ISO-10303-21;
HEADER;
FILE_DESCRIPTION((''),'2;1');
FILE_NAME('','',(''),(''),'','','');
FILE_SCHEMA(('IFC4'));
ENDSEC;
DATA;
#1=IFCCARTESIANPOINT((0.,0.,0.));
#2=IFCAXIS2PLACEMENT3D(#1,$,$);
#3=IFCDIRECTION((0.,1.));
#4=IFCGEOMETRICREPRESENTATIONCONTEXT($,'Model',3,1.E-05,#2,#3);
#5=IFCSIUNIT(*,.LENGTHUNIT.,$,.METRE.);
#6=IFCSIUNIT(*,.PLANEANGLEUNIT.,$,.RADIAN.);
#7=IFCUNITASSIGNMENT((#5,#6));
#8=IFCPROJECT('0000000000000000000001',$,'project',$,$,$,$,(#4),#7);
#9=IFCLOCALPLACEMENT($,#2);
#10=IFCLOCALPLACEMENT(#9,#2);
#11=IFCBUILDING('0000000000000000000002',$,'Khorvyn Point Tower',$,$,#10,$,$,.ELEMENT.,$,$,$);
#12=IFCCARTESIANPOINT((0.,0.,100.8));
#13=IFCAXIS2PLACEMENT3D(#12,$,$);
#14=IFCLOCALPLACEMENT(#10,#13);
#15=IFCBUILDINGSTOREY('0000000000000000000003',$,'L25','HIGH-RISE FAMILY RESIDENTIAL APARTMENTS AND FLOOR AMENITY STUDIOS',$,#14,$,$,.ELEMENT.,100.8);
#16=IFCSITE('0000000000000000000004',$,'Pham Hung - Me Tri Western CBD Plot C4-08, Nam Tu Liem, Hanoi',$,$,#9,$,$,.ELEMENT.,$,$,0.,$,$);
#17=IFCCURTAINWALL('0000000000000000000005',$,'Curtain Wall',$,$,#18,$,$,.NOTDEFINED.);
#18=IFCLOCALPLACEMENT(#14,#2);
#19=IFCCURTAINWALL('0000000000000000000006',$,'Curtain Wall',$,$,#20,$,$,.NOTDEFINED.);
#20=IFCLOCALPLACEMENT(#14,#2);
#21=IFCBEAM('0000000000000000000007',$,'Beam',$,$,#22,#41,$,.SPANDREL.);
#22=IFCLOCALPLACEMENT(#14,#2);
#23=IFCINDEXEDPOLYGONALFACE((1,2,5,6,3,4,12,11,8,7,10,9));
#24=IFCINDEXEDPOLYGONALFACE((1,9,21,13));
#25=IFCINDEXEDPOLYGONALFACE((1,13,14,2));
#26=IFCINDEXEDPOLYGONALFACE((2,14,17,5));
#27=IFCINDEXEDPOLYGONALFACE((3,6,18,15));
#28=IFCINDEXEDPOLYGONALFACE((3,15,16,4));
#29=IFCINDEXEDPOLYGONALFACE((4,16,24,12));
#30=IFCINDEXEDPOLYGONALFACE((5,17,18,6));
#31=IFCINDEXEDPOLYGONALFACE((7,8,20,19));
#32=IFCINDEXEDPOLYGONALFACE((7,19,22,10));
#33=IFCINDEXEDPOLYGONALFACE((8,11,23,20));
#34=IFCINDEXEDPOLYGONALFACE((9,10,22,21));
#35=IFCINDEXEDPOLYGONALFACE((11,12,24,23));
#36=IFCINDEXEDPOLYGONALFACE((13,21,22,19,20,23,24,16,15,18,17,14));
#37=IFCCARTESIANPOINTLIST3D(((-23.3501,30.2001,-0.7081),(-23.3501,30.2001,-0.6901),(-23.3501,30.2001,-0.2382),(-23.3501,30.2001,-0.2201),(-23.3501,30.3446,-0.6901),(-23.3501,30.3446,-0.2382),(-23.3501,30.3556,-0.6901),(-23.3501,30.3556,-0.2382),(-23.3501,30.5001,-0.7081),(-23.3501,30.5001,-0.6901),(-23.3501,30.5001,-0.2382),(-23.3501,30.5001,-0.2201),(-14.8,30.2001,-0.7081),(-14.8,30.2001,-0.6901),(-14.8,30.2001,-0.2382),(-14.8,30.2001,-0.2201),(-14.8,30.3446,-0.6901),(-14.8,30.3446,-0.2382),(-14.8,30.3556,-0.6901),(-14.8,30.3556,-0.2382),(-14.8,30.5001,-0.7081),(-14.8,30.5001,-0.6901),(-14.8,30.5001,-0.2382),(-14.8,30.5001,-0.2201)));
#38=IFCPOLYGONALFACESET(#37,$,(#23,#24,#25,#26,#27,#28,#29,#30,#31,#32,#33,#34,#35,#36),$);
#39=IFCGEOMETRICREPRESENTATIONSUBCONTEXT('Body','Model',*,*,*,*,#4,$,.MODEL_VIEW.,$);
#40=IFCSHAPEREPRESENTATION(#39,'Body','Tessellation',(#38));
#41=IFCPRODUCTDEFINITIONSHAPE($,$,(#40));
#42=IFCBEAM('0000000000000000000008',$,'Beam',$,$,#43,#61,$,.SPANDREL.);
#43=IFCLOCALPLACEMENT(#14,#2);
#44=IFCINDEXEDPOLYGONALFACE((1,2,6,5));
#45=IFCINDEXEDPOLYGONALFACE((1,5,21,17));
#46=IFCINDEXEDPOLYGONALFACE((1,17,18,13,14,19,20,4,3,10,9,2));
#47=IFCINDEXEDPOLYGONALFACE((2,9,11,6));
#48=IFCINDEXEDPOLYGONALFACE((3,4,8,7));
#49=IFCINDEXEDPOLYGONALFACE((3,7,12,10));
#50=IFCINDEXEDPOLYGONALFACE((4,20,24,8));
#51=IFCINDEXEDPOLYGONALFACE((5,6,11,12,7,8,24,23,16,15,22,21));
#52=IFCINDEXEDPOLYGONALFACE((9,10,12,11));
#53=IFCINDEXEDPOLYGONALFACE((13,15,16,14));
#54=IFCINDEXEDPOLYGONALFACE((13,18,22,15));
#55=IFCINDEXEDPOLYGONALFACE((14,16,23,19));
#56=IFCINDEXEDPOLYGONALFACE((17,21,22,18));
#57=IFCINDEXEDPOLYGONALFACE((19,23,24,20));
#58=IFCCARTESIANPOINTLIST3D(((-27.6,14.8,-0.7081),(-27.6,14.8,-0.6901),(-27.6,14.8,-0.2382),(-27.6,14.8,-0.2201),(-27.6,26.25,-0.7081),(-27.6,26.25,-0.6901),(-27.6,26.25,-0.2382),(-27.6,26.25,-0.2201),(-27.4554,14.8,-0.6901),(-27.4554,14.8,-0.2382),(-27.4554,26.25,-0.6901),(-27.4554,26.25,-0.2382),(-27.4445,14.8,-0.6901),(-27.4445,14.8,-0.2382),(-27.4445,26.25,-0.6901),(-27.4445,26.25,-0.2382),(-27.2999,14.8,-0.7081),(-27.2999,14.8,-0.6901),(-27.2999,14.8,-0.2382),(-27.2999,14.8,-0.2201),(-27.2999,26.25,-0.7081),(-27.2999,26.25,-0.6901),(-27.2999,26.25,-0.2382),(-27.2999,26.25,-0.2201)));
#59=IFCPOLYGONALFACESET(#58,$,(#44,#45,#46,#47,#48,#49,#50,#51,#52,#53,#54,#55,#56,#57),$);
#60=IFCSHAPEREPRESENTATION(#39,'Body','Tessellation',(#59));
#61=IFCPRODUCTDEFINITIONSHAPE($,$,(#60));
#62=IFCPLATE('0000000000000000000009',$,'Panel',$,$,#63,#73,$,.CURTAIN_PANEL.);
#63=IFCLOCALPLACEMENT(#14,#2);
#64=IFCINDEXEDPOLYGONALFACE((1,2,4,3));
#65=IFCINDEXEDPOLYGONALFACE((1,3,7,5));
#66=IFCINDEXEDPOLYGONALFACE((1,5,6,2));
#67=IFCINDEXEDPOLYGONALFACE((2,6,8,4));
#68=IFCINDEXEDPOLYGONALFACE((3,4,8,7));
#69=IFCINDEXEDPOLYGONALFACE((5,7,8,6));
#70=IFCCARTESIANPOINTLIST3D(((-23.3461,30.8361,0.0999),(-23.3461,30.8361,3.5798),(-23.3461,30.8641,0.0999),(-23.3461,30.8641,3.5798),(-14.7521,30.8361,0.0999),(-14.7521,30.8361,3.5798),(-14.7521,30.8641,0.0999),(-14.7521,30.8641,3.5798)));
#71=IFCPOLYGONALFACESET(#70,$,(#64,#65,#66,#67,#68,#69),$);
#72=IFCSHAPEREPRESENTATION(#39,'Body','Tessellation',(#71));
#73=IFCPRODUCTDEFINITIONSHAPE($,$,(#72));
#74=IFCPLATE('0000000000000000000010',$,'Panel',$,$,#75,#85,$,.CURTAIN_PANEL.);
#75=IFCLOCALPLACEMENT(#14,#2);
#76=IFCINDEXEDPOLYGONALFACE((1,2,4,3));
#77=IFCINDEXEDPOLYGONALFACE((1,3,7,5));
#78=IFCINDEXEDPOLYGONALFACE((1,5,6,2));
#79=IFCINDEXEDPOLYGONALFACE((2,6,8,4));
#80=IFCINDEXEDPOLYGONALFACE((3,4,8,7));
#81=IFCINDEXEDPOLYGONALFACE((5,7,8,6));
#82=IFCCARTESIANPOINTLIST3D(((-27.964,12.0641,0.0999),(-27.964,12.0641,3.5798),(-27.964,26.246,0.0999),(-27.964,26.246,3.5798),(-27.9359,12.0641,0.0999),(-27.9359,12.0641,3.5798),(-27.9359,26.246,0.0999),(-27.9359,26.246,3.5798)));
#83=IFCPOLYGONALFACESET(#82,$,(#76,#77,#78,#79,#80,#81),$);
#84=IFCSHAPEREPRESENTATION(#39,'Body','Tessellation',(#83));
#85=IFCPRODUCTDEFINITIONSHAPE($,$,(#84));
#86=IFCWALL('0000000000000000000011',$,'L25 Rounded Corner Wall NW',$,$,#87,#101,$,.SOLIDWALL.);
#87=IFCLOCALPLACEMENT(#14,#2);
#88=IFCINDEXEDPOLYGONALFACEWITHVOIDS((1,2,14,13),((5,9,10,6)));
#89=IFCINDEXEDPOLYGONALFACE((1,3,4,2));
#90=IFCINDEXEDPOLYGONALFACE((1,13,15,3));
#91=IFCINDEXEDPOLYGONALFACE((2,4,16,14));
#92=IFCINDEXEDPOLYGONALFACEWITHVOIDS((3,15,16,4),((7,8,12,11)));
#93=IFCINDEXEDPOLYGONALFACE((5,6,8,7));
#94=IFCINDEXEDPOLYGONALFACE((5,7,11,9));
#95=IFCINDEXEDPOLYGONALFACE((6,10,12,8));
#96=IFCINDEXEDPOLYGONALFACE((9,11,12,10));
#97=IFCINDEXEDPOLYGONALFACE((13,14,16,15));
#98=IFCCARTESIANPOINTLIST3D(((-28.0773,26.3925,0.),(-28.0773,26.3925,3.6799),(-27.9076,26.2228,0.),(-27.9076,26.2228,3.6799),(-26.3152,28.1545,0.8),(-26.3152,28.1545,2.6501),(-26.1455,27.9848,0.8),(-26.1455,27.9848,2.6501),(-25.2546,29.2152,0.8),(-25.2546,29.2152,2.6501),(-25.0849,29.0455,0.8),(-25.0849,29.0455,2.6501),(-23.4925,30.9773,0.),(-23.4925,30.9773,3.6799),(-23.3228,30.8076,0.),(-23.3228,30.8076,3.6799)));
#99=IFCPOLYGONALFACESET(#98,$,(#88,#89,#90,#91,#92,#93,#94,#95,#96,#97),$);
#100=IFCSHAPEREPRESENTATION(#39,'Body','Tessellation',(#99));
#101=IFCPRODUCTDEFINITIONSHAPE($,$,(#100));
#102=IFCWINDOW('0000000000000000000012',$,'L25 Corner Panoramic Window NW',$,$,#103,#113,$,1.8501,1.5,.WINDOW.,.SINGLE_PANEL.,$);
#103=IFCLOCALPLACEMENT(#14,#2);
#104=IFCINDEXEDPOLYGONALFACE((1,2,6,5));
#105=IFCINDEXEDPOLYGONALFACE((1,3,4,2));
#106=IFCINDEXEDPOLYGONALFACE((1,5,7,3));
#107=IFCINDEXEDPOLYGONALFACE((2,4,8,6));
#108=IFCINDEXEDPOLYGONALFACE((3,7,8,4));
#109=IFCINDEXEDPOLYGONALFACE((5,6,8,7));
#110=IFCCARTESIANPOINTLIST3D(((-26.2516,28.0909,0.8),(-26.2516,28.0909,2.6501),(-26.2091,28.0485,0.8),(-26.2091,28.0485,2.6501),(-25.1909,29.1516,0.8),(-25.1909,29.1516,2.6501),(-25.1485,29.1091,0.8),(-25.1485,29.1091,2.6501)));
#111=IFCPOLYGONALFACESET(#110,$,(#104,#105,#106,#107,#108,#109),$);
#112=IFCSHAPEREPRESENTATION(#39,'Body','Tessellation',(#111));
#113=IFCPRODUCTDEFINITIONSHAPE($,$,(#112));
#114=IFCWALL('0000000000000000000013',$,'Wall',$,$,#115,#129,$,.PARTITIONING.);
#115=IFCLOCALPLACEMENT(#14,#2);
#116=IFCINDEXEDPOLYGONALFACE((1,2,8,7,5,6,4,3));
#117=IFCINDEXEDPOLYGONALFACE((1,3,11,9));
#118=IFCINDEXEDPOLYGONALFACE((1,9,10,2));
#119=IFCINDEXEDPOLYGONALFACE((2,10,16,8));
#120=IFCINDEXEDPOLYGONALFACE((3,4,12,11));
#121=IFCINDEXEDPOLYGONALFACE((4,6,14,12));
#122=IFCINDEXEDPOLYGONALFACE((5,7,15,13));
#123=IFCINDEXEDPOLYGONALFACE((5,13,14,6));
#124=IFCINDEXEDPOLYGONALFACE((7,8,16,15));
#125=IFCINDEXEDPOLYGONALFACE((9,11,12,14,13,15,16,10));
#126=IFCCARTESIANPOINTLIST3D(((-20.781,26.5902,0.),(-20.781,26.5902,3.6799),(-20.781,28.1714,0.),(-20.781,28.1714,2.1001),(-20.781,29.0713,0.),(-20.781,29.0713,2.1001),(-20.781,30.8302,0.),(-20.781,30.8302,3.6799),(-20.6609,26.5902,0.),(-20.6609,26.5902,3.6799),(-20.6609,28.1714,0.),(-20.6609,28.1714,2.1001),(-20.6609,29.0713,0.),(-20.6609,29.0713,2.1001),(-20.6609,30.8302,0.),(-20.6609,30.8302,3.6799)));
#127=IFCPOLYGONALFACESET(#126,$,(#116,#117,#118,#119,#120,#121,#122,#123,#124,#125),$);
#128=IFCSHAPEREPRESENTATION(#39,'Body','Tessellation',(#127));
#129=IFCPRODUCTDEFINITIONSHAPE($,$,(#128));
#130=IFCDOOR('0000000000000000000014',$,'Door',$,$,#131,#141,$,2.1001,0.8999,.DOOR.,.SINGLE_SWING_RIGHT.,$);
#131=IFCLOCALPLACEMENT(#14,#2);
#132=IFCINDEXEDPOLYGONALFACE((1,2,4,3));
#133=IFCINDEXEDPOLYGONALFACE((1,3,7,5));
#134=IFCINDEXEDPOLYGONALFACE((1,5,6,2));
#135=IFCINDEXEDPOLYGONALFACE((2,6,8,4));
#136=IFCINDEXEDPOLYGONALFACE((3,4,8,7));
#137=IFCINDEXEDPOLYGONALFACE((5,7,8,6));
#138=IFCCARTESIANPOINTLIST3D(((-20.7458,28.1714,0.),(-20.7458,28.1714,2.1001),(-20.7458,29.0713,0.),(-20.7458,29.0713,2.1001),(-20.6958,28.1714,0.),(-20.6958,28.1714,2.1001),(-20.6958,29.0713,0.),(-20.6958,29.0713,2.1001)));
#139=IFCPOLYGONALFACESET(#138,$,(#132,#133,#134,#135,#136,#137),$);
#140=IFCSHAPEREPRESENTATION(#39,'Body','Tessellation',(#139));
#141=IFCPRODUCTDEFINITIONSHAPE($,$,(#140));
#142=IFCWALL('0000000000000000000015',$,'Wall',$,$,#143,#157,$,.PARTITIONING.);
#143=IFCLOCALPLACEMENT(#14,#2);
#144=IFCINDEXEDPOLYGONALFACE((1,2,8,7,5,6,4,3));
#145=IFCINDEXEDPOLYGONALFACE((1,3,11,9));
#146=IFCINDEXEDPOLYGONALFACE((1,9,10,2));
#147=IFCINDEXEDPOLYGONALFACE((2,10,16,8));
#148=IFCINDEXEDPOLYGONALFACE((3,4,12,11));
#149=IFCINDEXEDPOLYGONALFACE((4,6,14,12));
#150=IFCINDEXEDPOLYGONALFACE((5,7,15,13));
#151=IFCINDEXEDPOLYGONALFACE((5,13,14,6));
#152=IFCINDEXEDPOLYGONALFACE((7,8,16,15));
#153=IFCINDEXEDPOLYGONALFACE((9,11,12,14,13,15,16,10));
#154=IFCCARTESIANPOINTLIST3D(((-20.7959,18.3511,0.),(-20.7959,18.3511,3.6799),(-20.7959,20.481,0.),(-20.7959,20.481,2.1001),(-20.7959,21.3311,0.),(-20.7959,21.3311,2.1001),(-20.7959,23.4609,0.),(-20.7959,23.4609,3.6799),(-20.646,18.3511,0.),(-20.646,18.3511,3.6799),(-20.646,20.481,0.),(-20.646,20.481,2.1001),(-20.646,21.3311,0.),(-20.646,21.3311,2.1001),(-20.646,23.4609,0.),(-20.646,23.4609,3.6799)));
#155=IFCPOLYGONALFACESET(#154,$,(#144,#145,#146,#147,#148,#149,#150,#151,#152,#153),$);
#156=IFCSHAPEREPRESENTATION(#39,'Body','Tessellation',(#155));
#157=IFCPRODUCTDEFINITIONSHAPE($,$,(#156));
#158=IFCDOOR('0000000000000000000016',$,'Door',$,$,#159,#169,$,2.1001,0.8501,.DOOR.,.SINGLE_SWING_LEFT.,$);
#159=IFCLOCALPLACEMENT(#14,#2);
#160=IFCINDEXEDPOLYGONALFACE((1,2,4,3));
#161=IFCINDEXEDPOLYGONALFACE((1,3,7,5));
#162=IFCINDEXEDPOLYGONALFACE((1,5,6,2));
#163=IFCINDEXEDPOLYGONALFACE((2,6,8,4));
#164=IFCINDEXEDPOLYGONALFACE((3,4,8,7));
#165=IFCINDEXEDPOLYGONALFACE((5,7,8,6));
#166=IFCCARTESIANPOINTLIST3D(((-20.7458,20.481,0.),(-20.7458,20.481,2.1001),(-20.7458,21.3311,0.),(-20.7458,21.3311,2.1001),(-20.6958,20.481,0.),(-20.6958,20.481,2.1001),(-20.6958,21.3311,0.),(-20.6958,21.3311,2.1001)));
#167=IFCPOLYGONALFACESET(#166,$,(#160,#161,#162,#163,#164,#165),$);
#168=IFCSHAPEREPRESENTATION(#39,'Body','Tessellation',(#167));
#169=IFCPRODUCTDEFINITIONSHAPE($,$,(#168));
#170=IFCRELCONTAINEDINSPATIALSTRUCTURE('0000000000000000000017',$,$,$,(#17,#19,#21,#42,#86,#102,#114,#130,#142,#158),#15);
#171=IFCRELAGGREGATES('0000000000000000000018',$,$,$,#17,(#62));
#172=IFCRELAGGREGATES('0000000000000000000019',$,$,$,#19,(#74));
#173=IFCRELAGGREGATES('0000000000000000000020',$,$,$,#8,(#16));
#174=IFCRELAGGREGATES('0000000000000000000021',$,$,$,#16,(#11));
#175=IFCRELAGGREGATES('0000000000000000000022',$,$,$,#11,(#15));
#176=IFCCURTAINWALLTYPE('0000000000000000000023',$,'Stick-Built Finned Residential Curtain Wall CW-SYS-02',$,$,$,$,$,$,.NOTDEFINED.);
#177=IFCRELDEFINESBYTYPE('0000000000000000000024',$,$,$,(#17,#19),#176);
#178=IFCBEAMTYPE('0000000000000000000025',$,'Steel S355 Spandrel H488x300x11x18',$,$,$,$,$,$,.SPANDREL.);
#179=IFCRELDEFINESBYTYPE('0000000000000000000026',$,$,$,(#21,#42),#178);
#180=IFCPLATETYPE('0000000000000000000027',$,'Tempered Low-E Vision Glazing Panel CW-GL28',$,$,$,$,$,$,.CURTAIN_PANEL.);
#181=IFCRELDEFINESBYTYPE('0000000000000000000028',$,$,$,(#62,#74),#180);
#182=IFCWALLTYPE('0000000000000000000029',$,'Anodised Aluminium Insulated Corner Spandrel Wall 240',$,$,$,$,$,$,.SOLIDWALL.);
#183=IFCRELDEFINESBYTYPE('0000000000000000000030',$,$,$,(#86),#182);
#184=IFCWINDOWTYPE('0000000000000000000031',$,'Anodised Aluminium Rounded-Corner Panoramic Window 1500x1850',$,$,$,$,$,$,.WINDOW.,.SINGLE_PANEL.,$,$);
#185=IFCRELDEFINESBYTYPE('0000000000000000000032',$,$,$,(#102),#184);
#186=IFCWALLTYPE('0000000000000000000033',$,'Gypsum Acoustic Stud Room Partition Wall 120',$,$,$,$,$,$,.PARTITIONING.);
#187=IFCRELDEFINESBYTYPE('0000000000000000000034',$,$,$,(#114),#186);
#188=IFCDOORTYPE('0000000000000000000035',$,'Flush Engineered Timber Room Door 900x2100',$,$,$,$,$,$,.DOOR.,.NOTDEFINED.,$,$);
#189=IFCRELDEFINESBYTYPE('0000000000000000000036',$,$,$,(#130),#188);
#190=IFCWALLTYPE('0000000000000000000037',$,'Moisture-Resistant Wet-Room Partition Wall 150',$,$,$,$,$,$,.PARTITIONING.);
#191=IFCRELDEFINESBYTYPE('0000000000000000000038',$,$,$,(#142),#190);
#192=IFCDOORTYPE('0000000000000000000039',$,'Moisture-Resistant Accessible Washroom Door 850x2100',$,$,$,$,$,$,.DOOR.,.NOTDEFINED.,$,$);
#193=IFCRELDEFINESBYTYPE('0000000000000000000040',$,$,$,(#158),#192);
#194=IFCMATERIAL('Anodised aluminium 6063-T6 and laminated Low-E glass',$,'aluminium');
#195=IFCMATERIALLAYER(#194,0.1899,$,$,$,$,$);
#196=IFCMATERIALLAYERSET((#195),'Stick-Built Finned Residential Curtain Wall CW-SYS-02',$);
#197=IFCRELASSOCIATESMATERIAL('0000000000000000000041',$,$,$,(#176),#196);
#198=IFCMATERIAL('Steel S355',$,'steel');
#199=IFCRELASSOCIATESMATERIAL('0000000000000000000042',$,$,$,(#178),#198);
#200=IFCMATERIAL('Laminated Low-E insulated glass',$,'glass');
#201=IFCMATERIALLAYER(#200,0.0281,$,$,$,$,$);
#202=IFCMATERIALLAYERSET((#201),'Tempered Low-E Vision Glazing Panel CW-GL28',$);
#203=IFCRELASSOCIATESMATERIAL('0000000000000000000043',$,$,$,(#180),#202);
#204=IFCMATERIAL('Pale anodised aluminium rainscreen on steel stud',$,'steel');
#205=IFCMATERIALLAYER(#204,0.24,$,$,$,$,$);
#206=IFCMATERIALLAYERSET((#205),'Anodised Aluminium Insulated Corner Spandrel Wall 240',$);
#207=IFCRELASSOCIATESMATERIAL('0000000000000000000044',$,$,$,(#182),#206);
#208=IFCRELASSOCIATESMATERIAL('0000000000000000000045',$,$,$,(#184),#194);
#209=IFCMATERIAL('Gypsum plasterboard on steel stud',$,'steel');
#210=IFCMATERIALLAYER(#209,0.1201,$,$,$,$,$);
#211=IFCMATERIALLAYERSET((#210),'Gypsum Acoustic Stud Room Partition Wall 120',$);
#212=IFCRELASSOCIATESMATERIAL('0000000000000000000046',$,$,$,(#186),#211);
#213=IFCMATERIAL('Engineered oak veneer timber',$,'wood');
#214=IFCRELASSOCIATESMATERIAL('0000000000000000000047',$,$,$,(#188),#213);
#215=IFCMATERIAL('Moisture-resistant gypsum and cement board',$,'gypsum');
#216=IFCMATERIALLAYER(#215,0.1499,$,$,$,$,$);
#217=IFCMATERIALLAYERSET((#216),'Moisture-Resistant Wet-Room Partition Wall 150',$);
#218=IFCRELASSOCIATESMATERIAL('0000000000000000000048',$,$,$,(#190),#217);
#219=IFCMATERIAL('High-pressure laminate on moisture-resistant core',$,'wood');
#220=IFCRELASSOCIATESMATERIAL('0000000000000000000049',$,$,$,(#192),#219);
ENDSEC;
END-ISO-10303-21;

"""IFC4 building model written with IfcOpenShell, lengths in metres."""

from ifc_helpers import new_model, si_unit, direction, frame, frame_2d, origin, origin_2d, place, context, subcontext, project, spatial, rectangle, i_section, extrude, material, layer, layer_set, material_profile, profile_set, type_object, element, fill, aggregate, save


model = new_model("IFC4")

# Units and contexts
model_context = context("Model", 3, precision=1e-05, world=origin(), true_north=direction((0.0, 1.0)))
body_context = subcontext(model_context, "Body", "Model", "MODEL_VIEW")
ifc_project = project(units=[si_unit("LENGTHUNIT", "METRE"), si_unit("PLANEANGLEUNIT", "RADIAN")], contexts=[model_context])

# Site, building, storey
site_placement = place(None, origin())
site = spatial("IfcSite", under=ifc_project, at=site_placement, Name="Pham Hung - Me Tri Western CBD Plot C4-08, Nam Tu Liem, Hanoi", CompositionType="ELEMENT", RefElevation=0.0)
building_placement = place(site_placement, origin())
building = spatial("IfcBuilding", under=site, at=building_placement, Name="Khorvyn Point Tower", CompositionType="ELEMENT")
storey_placement = place(building_placement, frame((0.0, 0.0, 100.8)))
storey = spatial("IfcBuildingStorey", under=building, at=storey_placement, Name="L25", Description="HIGH-RISE FAMILY RESIDENTIAL APARTMENTS AND FLOOR AMENITY STUDIOS", CompositionType="ELEMENT", Elevation=100.8)

# Curtain walls
ifc_material_1 = material(Name="Anodised aluminium 6063-T6 and laminated Low-E glass", Category="aluminium")
ifc_layer_1 = layer(ifc_material_1, 0.1899)
ifc_layer_set_1 = layer_set([ifc_layer_1], Name="Stick-Built Finned Residential Curtain Wall CW-SYS-02")
curtain_wall_type = type_object("IfcCurtainWallType", Name="Stick-Built Finned Residential Curtain Wall CW-SYS-02", PredefinedType="NOTDEFINED", material=ifc_layer_set_1)
curtain_wall_1_placement = place(storey_placement, origin())
curtain_wall_1 = element("IfcCurtainWall", 1, at=curtain_wall_1_placement, inside=storey, type_object=curtain_wall_type, Name="Curtain Wall", PredefinedType="NOTDEFINED")
curtain_wall_2_placement = place(storey_placement, origin())
curtain_wall_2 = element("IfcCurtainWall", 2, at=curtain_wall_2_placement, inside=storey, type_object=curtain_wall_type, Name="Curtain Wall", PredefinedType="NOTDEFINED")

# Beams
ifc_material_2 = material(Name="Steel S355", Category="steel")
ifc_material_profile_1 = material_profile(ifc_material_2, i_section(OverallWidth=0.3, OverallDepth=0.488, WebThickness=0.011, FlangeThickness=0.0181, at=origin_2d()))
ifc_profile_set_1 = profile_set([ifc_material_profile_1], Name="Steel S355 H488x300x11x18")
beam_type_1 = type_object("IfcBeamType", Name="Steel S355 Spandrel H488x300x11x18", PredefinedType="SPANDREL", material=ifc_profile_set_1)
beam_1_placement = place(storey_placement, frame((-23.3501, 30.3501, -0.4641), z_axis=(1.0, 0.0, 0.0), x_axis=(0.0, 1.0, 0.0)))
element("IfcBeam", 3, at=beam_1_placement, inside=storey, type_object=beam_type_1, Name="Beam", PredefinedType="SPANDREL", context=body_context, shape_type="SweptSolid", body=[
    extrude(i_section(OverallWidth=0.3, OverallDepth=0.488, WebThickness=0.011, FlangeThickness=0.0181, at=origin_2d()), origin(), (0.0, 0.0, 1.0), 8.55),
])
beam_2_placement = place(storey_placement, frame((-27.45, 14.8, -0.4641), z_axis=(0.0, 1.0, 0.0), x_axis=(-1.0, 0.0, 0.0)))
element("IfcBeam", 4, at=beam_2_placement, inside=storey, type_object=beam_type_1, Name="Beam", PredefinedType="SPANDREL", context=body_context, shape_type="SweptSolid", body=[
    extrude(i_section(OverallWidth=0.3, OverallDepth=0.488, WebThickness=0.011, FlangeThickness=0.0181, at=origin_2d()), origin(), (0.0, 0.0, 1.0), 11.45),
])

# Plates
ifc_material_3 = material(Name="Laminated Low-E insulated glass", Category="glass")
ifc_layer_2 = layer(ifc_material_3, 0.0281)
ifc_layer_set_2 = layer_set([ifc_layer_2], Name="Tempered Low-E Vision Glazing Panel CW-GL28")
plate_type = type_object("IfcPlateType", Name="Tempered Low-E Vision Glazing Panel CW-GL28", PredefinedType="CURTAIN_PANEL", material=ifc_layer_set_2)
plate_1_placement = place(storey_placement, frame((-19.0491, 30.8501, 0.0999), z_axis=(0.0, 0.0, 1.0), x_axis=(1.0, 0.0, 0.0)))
plate_1 = element("IfcPlate", 5, at=plate_1_placement, type_object=plate_type, Name="Panel", PredefinedType="CURTAIN_PANEL", context=body_context, shape_type="SweptSolid", body=[
    extrude(rectangle(XDim=8.594, YDim=0.0281, at=origin_2d()), origin(), (0.0, 0.0, 1.0), 3.48),
])
aggregate(curtain_wall_1, [plate_1])
plate_2_placement = place(storey_placement, frame((-27.95, 19.155, 0.0999), z_axis=(0.0, 0.0, 1.0), x_axis=(0.0, 1.0, 0.0)))
plate_2 = element("IfcPlate", 6, at=plate_2_placement, type_object=plate_type, Name="Panel", PredefinedType="CURTAIN_PANEL", context=body_context, shape_type="SweptSolid", body=[
    extrude(rectangle(XDim=14.1819, YDim=0.0281, at=origin_2d()), origin(), (0.0, 0.0, 1.0), 3.48),
])
aggregate(curtain_wall_2, [plate_2])

# Wall, opening, window
ifc_material_4 = material(Name="Pale anodised aluminium rainscreen on steel stud", Category="steel")
ifc_layer_3 = layer(ifc_material_4, 0.24)
ifc_layer_set_3 = layer_set([ifc_layer_3], Name="Anodised Aluminium Insulated Corner Spandrel Wall 240")
wall_type_1 = type_object("IfcWallType", Name="Anodised Aluminium Insulated Corner Spandrel Wall 240", PredefinedType="SOLIDWALL", material=ifc_layer_set_3)
wall_1_placement = place(storey_placement, frame((-27.9924, 26.3076, 0.0), z_axis=(0.0, 0.0, 1.0), x_axis=(0.707107, 0.707107, 0.0)))
wall_1 = element("IfcWall", 7, at=wall_1_placement, inside=storey, type_object=wall_type_1, Name="L25 Rounded Corner Wall NW", PredefinedType="SOLIDWALL", context=body_context, shape_type="SweptSolid", body=[
    extrude(rectangle(XDim=6.4839, YDim=0.24, at=frame_2d((3.2419, 0.0))), origin(), (0.0, 0.0, 1.0), 3.6799),
])
opening_1_placement = place(wall_1_placement, frame((2.4919, 0.0, 0.8)))
opening_1 = element("IfcOpeningElement", 8, at=opening_1_placement, cuts=wall_1, PredefinedType="OPENING", context=body_context, shape_type="SweptSolid", body=[
    extrude(rectangle(XDim=1.5, YDim=1.8501, at=frame_2d((0.75, 0.925))), frame((0.0, 0.1299, 0.0), z_axis=(0.0, -1.0, 0.0), x_axis=(1.0, 0.0, 0.0)), (0.0, 0.0, 1.0), 0.26),
])
window_type = type_object("IfcWindowType", Name="Anodised Aluminium Rounded-Corner Panoramic Window 1500x1850", PartitioningType="SINGLE_PANEL", PredefinedType="WINDOW", material=ifc_material_1)
window_placement = place(opening_1_placement, origin())
window = element("IfcWindow", 9, at=window_placement, inside=storey, type_object=window_type, Name="L25 Corner Panoramic Window NW", OverallHeight=1.8501, OverallWidth=1.5, PartitioningType="SINGLE_PANEL", PredefinedType="WINDOW", context=body_context, shape_type="SweptSolid", body=[
    extrude(rectangle(XDim=1.5, YDim=1.8501, at=frame_2d((0.75, 0.925))), frame((0.0, 0.03, 0.0), z_axis=(0.0, -1.0, 0.0), x_axis=(1.0, 0.0, 0.0)), (0.0, 0.0, 1.0), 0.0601),
])
fill(opening_1, window)

# Walls, openings, doors
ifc_material_5 = material(Name="Gypsum plasterboard on steel stud", Category="steel")
ifc_layer_4 = layer(ifc_material_5, 0.1201)
ifc_layer_set_4 = layer_set([ifc_layer_4], Name="Gypsum Acoustic Stud Room Partition Wall 120")
wall_type_2 = type_object("IfcWallType", Name="Gypsum Acoustic Stud Room Partition Wall 120", PredefinedType="PARTITIONING", material=ifc_layer_set_4)
wall_2_placement = place(storey_placement, frame((-20.7209, 26.5901, 0.0), z_axis=(0.0, 0.0, 1.0), x_axis=(0.0, 1.0, 0.0)))
wall_2 = element("IfcWall", 10, at=wall_2_placement, inside=storey, type_object=wall_type_2, Name="Wall", PredefinedType="PARTITIONING", context=body_context, shape_type="SweptSolid", body=[
    extrude(rectangle(XDim=4.24, YDim=0.1201, at=frame_2d((2.1201, 0.0))), origin(), (0.0, 0.0, 1.0), 3.6799),
])
opening_2_placement = place(wall_2_placement, frame((1.5813, 0.0, 0.0)))
opening_2 = element("IfcOpeningElement", 11, at=opening_2_placement, cuts=wall_2, PredefinedType="OPENING", context=body_context, shape_type="SweptSolid", body=[
    extrude(rectangle(XDim=0.8999, YDim=2.1001, at=frame_2d((0.45, 1.05))), frame((0.0, 0.0701, 0.0), z_axis=(0.0, -1.0, 0.0), x_axis=(1.0, 0.0, 0.0)), (0.0, 0.0, 1.0), 0.1401),
])
ifc_material_6 = material(Name="Engineered oak veneer timber", Category="wood")
door_type_1 = type_object("IfcDoorType", Name="Flush Engineered Timber Room Door 900x2100", OperationType="NOTDEFINED", PredefinedType="DOOR", material=ifc_material_6)
door_1_placement = place(opening_2_placement, origin())
door_1 = element("IfcDoor", 12, at=door_1_placement, inside=storey, type_object=door_type_1, Name="Door", OperationType="SINGLE_SWING_RIGHT", OverallHeight=2.1001, OverallWidth=0.8999, PredefinedType="DOOR", context=body_context, shape_type="SweptSolid", body=[
    extrude(rectangle(XDim=0.8999, YDim=2.1001, at=frame_2d((0.45, 1.05))), frame((0.0, 0.0249, 0.0), z_axis=(0.0, -1.0, 0.0), x_axis=(1.0, 0.0, 0.0)), (0.0, 0.0, 1.0), 0.05),
])
fill(opening_2, door_1)
ifc_material_7 = material(Name="Moisture-resistant gypsum and cement board", Category="gypsum")
ifc_layer_5 = layer(ifc_material_7, 0.1499)
ifc_layer_set_5 = layer_set([ifc_layer_5], Name="Moisture-Resistant Wet-Room Partition Wall 150")
wall_type_3 = type_object("IfcWallType", Name="Moisture-Resistant Wet-Room Partition Wall 150", PredefinedType="PARTITIONING", material=ifc_layer_set_5)
wall_3_placement = place(storey_placement, frame((-20.7209, 18.3511, 0.0), z_axis=(0.0, 0.0, 1.0), x_axis=(0.0, 1.0, 0.0)))
wall_3 = element("IfcWall", 13, at=wall_3_placement, inside=storey, type_object=wall_type_3, Name="Wall", PredefinedType="PARTITIONING", context=body_context, shape_type="SweptSolid", body=[
    extrude(rectangle(XDim=5.1099, YDim=0.1499, at=frame_2d((2.5549, 0.0))), origin(), (0.0, 0.0, 1.0), 3.6799),
])
opening_3_placement = place(wall_3_placement, frame((2.1299, 0.0, 0.0)))
opening_3 = element("IfcOpeningElement", 14, at=opening_3_placement, cuts=wall_3, PredefinedType="OPENING", context=body_context, shape_type="SweptSolid", body=[
    extrude(rectangle(XDim=0.8501, YDim=2.1001, at=frame_2d((0.425, 1.05))), frame((0.0, 0.085, 0.0), z_axis=(0.0, -1.0, 0.0), x_axis=(1.0, 0.0, 0.0)), (0.0, 0.0, 1.0), 0.1699),
])
ifc_material_8 = material(Name="High-pressure laminate on moisture-resistant core", Category="wood")
door_type_2 = type_object("IfcDoorType", Name="Moisture-Resistant Accessible Washroom Door 850x2100", OperationType="NOTDEFINED", PredefinedType="DOOR", material=ifc_material_8)
door_2_placement = place(opening_3_placement, origin())
door_2 = element("IfcDoor", 15, at=door_2_placement, inside=storey, type_object=door_type_2, Name="Door", OperationType="SINGLE_SWING_LEFT", OverallHeight=2.1001, OverallWidth=0.8501, PredefinedType="DOOR", context=body_context, shape_type="SweptSolid", body=[
    extrude(rectangle(XDim=0.8501, YDim=2.1001, at=frame_2d((0.425, 1.05))), frame((0.0, 0.0249, 0.0), z_axis=(0.0, -1.0, 0.0), x_axis=(1.0, 0.0, 0.0)), (0.0, 0.0, 1.0), 0.05),
])
fill(opening_3, door_2)

save(model, "model.ifc")
